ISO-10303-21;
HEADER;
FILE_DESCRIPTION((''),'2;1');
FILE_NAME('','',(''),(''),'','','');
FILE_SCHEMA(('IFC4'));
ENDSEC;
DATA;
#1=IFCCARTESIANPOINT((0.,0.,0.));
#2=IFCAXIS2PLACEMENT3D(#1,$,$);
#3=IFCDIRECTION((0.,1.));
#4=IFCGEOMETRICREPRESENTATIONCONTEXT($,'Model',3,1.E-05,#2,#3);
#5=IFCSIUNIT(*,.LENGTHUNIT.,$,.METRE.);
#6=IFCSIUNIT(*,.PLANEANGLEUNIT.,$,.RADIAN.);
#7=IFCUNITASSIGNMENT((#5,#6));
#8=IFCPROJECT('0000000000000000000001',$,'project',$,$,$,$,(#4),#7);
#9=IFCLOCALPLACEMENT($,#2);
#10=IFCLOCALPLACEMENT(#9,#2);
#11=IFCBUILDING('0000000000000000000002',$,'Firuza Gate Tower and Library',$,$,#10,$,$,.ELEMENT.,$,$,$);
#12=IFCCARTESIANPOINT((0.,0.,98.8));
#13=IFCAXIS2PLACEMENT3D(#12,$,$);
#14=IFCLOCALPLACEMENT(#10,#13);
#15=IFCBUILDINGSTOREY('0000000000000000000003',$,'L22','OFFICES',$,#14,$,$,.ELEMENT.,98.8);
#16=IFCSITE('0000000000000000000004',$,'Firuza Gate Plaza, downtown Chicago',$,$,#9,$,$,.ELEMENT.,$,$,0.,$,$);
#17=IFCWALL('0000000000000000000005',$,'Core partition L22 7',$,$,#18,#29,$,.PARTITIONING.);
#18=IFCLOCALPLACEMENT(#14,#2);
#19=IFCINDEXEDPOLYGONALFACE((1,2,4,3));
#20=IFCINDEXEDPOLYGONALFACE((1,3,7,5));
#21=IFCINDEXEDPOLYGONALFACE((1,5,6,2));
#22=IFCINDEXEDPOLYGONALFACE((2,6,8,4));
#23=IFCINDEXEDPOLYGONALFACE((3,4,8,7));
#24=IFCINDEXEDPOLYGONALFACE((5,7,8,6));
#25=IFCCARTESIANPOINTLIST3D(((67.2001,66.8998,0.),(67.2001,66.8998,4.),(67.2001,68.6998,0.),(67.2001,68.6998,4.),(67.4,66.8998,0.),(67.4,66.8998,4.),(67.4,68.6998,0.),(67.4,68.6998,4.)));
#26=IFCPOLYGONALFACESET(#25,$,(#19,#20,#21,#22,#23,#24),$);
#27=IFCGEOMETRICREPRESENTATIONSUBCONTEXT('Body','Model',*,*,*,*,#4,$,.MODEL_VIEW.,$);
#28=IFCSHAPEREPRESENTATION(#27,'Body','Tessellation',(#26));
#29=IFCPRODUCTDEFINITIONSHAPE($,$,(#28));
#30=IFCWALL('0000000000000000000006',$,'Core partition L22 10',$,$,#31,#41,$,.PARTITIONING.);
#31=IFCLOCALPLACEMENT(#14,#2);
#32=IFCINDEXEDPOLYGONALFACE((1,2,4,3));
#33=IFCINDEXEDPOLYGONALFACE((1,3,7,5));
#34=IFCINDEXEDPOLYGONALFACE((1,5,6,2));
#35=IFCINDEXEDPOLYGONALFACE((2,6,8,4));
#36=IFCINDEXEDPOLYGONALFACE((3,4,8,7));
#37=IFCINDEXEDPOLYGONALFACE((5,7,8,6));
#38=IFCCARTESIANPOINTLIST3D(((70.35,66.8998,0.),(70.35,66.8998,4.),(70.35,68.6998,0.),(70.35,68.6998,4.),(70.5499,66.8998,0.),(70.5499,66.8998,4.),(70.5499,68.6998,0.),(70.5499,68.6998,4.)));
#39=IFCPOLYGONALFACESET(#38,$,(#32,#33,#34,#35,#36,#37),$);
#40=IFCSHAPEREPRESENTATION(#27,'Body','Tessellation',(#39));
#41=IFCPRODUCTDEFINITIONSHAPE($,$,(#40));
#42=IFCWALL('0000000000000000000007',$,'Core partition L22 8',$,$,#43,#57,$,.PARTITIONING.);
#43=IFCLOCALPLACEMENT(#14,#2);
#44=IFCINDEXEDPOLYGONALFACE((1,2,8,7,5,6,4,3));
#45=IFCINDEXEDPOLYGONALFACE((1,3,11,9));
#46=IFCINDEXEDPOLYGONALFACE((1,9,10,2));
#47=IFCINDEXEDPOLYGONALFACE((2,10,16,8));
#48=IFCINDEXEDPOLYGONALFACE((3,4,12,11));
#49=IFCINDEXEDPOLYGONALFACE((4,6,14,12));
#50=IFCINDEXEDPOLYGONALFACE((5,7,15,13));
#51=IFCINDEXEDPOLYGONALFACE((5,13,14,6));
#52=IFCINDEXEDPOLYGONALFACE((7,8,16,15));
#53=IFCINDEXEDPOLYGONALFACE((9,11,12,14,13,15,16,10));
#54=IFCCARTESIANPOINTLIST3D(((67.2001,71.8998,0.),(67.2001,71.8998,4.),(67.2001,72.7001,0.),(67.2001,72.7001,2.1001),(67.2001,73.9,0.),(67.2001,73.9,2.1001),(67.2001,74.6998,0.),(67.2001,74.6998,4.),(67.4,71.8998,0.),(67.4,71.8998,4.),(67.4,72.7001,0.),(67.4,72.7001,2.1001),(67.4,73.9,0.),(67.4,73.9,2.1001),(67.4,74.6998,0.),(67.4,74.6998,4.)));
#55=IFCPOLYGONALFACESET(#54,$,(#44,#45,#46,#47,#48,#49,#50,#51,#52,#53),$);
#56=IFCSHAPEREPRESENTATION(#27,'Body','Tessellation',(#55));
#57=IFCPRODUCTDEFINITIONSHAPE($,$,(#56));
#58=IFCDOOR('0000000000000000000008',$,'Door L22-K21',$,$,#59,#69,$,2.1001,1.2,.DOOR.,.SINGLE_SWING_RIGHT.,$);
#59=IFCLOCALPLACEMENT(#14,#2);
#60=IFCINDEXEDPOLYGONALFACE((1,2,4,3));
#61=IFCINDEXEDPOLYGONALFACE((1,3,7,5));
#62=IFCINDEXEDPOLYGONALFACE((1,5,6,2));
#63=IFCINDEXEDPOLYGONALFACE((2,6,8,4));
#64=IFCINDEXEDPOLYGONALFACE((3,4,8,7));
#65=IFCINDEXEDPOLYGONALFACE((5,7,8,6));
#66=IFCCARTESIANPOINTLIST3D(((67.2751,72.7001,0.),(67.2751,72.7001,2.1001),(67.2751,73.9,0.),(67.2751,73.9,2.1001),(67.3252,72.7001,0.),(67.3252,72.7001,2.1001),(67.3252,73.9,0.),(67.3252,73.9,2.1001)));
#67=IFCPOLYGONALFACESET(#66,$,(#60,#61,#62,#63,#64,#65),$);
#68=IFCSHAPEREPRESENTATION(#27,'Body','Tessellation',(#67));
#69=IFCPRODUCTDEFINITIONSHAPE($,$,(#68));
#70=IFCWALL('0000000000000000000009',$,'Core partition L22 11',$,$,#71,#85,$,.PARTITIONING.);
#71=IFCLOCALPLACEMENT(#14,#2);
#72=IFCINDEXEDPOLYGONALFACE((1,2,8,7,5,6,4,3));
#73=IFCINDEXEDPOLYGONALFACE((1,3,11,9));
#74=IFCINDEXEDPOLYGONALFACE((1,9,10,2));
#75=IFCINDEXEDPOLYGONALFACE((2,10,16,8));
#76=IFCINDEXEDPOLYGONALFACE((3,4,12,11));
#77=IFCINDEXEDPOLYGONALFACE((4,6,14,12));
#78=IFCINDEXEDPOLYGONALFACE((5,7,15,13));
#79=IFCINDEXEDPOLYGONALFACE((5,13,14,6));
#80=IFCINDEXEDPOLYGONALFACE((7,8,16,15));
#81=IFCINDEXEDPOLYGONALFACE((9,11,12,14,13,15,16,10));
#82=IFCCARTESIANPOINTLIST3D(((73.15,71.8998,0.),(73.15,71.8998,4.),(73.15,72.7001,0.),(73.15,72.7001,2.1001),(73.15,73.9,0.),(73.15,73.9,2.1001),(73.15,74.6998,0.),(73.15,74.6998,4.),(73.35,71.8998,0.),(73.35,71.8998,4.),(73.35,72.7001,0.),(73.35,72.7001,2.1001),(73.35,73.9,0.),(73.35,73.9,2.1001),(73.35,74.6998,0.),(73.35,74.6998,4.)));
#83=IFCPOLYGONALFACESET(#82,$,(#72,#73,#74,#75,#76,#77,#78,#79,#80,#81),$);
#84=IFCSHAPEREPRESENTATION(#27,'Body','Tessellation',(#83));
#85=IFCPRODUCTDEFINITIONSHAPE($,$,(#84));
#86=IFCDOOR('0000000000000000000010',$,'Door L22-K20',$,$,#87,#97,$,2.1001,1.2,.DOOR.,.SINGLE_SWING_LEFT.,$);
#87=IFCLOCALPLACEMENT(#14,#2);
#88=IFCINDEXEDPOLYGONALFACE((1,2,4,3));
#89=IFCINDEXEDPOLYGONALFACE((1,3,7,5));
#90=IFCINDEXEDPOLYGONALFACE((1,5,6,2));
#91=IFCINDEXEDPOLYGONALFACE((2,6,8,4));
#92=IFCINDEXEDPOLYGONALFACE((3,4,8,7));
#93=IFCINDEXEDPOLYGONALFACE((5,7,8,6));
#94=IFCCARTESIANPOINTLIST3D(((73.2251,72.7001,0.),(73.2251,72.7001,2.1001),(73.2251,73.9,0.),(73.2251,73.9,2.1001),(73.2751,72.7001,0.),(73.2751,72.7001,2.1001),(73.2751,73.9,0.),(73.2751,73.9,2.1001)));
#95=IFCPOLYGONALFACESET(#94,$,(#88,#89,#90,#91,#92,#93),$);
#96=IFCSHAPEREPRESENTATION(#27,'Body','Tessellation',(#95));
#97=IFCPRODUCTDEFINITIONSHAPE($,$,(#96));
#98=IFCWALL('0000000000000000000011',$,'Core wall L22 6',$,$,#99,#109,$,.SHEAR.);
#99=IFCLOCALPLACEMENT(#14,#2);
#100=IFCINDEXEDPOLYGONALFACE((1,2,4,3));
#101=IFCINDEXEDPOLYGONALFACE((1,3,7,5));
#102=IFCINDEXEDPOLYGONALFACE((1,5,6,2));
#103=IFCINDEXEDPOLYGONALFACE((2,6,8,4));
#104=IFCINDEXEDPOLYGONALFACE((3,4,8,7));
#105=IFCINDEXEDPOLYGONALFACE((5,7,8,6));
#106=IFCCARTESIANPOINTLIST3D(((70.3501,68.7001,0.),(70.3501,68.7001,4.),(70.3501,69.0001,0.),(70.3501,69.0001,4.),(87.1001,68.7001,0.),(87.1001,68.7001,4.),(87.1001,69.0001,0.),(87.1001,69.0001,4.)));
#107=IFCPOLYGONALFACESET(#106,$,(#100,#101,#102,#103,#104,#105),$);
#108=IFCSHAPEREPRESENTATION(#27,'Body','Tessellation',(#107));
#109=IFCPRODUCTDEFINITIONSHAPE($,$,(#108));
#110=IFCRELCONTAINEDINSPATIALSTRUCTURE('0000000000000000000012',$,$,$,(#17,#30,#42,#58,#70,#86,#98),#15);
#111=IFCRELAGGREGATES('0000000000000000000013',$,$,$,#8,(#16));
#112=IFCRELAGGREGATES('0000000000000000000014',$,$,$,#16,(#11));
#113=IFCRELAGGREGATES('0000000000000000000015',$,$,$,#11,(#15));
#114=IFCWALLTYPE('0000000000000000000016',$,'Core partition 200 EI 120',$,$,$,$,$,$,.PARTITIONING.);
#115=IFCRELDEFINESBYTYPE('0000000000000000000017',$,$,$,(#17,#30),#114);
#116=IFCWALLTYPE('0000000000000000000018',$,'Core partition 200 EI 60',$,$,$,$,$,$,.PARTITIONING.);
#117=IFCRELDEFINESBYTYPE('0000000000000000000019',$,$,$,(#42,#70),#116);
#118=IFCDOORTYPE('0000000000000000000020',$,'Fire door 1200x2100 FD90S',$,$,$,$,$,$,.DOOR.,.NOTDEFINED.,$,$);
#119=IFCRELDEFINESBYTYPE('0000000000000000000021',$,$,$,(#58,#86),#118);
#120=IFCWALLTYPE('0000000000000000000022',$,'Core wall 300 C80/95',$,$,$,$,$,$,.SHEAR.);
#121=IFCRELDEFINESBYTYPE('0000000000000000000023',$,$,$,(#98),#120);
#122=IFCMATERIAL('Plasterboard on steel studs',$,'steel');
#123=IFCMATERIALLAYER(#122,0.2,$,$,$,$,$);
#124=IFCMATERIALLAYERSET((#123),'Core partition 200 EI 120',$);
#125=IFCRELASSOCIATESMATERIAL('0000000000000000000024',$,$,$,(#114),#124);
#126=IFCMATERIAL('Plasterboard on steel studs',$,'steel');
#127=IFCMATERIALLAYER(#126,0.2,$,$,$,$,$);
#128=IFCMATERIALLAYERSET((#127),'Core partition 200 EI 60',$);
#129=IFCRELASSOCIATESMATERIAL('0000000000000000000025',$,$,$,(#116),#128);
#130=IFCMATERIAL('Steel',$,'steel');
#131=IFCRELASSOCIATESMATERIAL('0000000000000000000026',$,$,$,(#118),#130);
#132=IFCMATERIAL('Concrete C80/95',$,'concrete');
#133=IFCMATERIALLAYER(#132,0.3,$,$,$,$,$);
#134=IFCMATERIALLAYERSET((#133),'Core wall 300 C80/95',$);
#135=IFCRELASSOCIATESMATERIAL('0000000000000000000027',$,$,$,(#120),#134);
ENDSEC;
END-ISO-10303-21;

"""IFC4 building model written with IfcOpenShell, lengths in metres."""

from ifc_helpers import new_model, si_unit, direction, frame, frame_2d, origin, place, context, subcontext, project, spatial, rectangle, extrude, material, layer, layer_set, type_object, element, fill, save


model = new_model("IFC4")

# Units and contexts
model_context = context("Model", 3, precision=1e-05, world=origin(), true_north=direction((0.0, 1.0)))
body_context = subcontext(model_context, "Body", "Model", "MODEL_VIEW")
ifc_project = project(units=[si_unit("LENGTHUNIT", "METRE"), si_unit("PLANEANGLEUNIT", "RADIAN")], contexts=[model_context])

# Site, building, storey
site_placement = place(None, origin())
site = spatial("IfcSite", under=ifc_project, at=site_placement, Name="Firuza Gate Plaza, downtown Chicago", CompositionType="ELEMENT", RefElevation=0.0)
building_placement = place(site_placement, origin())
building = spatial("IfcBuilding", under=site, at=building_placement, Name="Firuza Gate Tower and Library", CompositionType="ELEMENT")
storey_placement = place(building_placement, frame((0.0, 0.0, 98.8)))
storey = spatial("IfcBuildingStorey", under=building, at=storey_placement, Name="L22", Description="OFFICES", CompositionType="ELEMENT", Elevation=98.8)

# Walls
ifc_material_1 = material(Name="Plasterboard on steel studs", Category="steel")
ifc_layer_1 = layer(ifc_material_1, 0.2)
ifc_layer_set_1 = layer_set([ifc_layer_1], Name="Core partition 200 EI 120")
wall_type_1 = type_object("IfcWallType", Name="Core partition 200 EI 120", PredefinedType="PARTITIONING", material=ifc_layer_set_1)
for number, where, z_axis, x_axis, name in (
    (1, (67.3, 66.8999, 0.0), (0.0, 0.0, 1.0), (0.0, 1.0, 0.0), "Core partition L22 7"),
    (2, (70.45, 66.8999, 0.0), (0.0, 0.0, 1.0), (0.0, 1.0, 0.0), "Core partition L22 10"),
):
    element("IfcWall", number, at=place(storey_placement, frame(where, z_axis=z_axis, x_axis=x_axis)), inside=storey, type_object=wall_type_1, Name=name, PredefinedType="PARTITIONING", context=body_context, shape_type="SweptSolid", body=[
        extrude(rectangle(XDim=1.8, YDim=0.2, at=frame_2d((0.8999, 0.0))), origin(), (0.0, 0.0, 1.0), 4.0),
    ])

# Walls, openings, doors
ifc_material_2 = material(Name="Plasterboard on steel studs", Category="steel")
ifc_layer_2 = layer(ifc_material_2, 0.2)
ifc_layer_set_2 = layer_set([ifc_layer_2], Name="Core partition 200 EI 60")
wall_type_2 = type_object("IfcWallType", Name="Core partition 200 EI 60", PredefinedType="PARTITIONING", material=ifc_layer_set_2)
wall_1_placement = place(storey_placement, frame((67.3, 71.8999, 0.0), z_axis=(0.0, 0.0, 1.0), x_axis=(0.0, 1.0, 0.0)))
wall_1 = element("IfcWall", 3, at=wall_1_placement, inside=storey, type_object=wall_type_2, Name="Core partition L22 8", PredefinedType="PARTITIONING", context=body_context, shape_type="SweptSolid", body=[
    extrude(rectangle(XDim=2.8, YDim=0.2, at=frame_2d((1.3999, 0.0))), origin(), (0.0, 0.0, 1.0), 4.0),
])
opening_1_placement = place(wall_1_placement, frame((0.8, 0.0, 0.0)))
opening_1 = element("IfcOpeningElement", 4, at=opening_1_placement, cuts=wall_1, PredefinedType="OPENING", context=body_context, shape_type="SweptSolid", body=[
    extrude(rectangle(XDim=1.2, YDim=2.1001, at=frame_2d((0.6001, 1.05))), frame((0.0, 0.1099, 0.0), z_axis=(0.0, -1.0, 0.0), x_axis=(1.0, 0.0, 0.0)), (0.0, 0.0, 1.0), 0.22),
])
ifc_material_3 = material(Name="Steel", Category="steel")
door_type_1 = type_object("IfcDoorType", Name="Fire door 1200x2100 FD90S", OperationType="NOTDEFINED", PredefinedType="DOOR", material=ifc_material_3)
door_1_placement = place(opening_1_placement, origin())
door_1 = element("IfcDoor", 5, at=door_1_placement, inside=storey, type_object=door_type_1, Name="Door L22-K21", OperationType="SINGLE_SWING_RIGHT", OverallHeight=2.1001, OverallWidth=1.2, PredefinedType="DOOR", context=body_context, shape_type="SweptSolid", body=[
    extrude(rectangle(XDim=1.2, YDim=2.1001, at=frame_2d((0.6001, 1.05))), frame((0.0, 0.0249, 0.0), z_axis=(0.0, -1.0, 0.0), x_axis=(1.0, 0.0, 0.0)), (0.0, 0.0, 1.0), 0.05),
])
fill(opening_1, door_1)
wall_2_placement = place(storey_placement, frame((73.25, 71.8999, 0.0), z_axis=(0.0, 0.0, 1.0), x_axis=(0.0, 1.0, 0.0)))
wall_2 = element("IfcWall", 6, at=wall_2_placement, inside=storey, type_object=wall_type_2, Name="Core partition L22 11", PredefinedType="PARTITIONING", context=body_context, shape_type="SweptSolid", body=[
    extrude(rectangle(XDim=2.8, YDim=0.2, at=frame_2d((1.3999, 0.0))), origin(), (0.0, 0.0, 1.0), 4.0),
])
opening_2_placement = place(wall_2_placement, frame((0.8, 0.0, 0.0)))
opening_2 = element("IfcOpeningElement", 7, at=opening_2_placement, cuts=wall_2, PredefinedType="OPENING", context=body_context, shape_type="SweptSolid", body=[
    extrude(rectangle(XDim=1.2, YDim=2.1001, at=frame_2d((0.6001, 1.05))), frame((0.0, 0.1099, 0.0), z_axis=(0.0, -1.0, 0.0), x_axis=(1.0, 0.0, 0.0)), (0.0, 0.0, 1.0), 0.22),
])
door_2_placement = place(opening_2_placement, origin())
door_2 = element("IfcDoor", 8, at=door_2_placement, inside=storey, type_object=door_type_1, Name="Door L22-K20", OperationType="SINGLE_SWING_LEFT", OverallHeight=2.1001, OverallWidth=1.2, PredefinedType="DOOR", context=body_context, shape_type="SweptSolid", body=[
    extrude(rectangle(XDim=1.2, YDim=2.1001, at=frame_2d((0.6001, 1.05))), frame((0.0, 0.0249, 0.0), z_axis=(0.0, -1.0, 0.0), x_axis=(1.0, 0.0, 0.0)), (0.0, 0.0, 1.0), 0.05),
])
fill(opening_2, door_2)

# Wall
ifc_material_4 = material(Name="Concrete C80/95", Category="concrete")
ifc_layer_3 = layer(ifc_material_4, 0.3)
ifc_layer_set_3 = layer_set([ifc_layer_3], Name="Core wall 300 C80/95")
wall_type_3 = type_object("IfcWallType", Name="Core wall 300 C80/95", PredefinedType="SHEAR", material=ifc_layer_set_3)
wall_3_placement = place(storey_placement, frame((70.3501, 68.8501, 0.0), z_axis=(0.0, 0.0, 1.0), x_axis=(1.0, 0.0, 0.0)))
element("IfcWall", 9, at=wall_3_placement, inside=storey, type_object=wall_type_3, Name="Core wall L22 6", PredefinedType="SHEAR", context=body_context, shape_type="SweptSolid", body=[
    extrude(rectangle(XDim=16.75, YDim=0.3, at=frame_2d((8.375, 0.0))), origin(), (0.0, 0.0, 1.0), 4.0),
])

save(model, "model.ifc")
